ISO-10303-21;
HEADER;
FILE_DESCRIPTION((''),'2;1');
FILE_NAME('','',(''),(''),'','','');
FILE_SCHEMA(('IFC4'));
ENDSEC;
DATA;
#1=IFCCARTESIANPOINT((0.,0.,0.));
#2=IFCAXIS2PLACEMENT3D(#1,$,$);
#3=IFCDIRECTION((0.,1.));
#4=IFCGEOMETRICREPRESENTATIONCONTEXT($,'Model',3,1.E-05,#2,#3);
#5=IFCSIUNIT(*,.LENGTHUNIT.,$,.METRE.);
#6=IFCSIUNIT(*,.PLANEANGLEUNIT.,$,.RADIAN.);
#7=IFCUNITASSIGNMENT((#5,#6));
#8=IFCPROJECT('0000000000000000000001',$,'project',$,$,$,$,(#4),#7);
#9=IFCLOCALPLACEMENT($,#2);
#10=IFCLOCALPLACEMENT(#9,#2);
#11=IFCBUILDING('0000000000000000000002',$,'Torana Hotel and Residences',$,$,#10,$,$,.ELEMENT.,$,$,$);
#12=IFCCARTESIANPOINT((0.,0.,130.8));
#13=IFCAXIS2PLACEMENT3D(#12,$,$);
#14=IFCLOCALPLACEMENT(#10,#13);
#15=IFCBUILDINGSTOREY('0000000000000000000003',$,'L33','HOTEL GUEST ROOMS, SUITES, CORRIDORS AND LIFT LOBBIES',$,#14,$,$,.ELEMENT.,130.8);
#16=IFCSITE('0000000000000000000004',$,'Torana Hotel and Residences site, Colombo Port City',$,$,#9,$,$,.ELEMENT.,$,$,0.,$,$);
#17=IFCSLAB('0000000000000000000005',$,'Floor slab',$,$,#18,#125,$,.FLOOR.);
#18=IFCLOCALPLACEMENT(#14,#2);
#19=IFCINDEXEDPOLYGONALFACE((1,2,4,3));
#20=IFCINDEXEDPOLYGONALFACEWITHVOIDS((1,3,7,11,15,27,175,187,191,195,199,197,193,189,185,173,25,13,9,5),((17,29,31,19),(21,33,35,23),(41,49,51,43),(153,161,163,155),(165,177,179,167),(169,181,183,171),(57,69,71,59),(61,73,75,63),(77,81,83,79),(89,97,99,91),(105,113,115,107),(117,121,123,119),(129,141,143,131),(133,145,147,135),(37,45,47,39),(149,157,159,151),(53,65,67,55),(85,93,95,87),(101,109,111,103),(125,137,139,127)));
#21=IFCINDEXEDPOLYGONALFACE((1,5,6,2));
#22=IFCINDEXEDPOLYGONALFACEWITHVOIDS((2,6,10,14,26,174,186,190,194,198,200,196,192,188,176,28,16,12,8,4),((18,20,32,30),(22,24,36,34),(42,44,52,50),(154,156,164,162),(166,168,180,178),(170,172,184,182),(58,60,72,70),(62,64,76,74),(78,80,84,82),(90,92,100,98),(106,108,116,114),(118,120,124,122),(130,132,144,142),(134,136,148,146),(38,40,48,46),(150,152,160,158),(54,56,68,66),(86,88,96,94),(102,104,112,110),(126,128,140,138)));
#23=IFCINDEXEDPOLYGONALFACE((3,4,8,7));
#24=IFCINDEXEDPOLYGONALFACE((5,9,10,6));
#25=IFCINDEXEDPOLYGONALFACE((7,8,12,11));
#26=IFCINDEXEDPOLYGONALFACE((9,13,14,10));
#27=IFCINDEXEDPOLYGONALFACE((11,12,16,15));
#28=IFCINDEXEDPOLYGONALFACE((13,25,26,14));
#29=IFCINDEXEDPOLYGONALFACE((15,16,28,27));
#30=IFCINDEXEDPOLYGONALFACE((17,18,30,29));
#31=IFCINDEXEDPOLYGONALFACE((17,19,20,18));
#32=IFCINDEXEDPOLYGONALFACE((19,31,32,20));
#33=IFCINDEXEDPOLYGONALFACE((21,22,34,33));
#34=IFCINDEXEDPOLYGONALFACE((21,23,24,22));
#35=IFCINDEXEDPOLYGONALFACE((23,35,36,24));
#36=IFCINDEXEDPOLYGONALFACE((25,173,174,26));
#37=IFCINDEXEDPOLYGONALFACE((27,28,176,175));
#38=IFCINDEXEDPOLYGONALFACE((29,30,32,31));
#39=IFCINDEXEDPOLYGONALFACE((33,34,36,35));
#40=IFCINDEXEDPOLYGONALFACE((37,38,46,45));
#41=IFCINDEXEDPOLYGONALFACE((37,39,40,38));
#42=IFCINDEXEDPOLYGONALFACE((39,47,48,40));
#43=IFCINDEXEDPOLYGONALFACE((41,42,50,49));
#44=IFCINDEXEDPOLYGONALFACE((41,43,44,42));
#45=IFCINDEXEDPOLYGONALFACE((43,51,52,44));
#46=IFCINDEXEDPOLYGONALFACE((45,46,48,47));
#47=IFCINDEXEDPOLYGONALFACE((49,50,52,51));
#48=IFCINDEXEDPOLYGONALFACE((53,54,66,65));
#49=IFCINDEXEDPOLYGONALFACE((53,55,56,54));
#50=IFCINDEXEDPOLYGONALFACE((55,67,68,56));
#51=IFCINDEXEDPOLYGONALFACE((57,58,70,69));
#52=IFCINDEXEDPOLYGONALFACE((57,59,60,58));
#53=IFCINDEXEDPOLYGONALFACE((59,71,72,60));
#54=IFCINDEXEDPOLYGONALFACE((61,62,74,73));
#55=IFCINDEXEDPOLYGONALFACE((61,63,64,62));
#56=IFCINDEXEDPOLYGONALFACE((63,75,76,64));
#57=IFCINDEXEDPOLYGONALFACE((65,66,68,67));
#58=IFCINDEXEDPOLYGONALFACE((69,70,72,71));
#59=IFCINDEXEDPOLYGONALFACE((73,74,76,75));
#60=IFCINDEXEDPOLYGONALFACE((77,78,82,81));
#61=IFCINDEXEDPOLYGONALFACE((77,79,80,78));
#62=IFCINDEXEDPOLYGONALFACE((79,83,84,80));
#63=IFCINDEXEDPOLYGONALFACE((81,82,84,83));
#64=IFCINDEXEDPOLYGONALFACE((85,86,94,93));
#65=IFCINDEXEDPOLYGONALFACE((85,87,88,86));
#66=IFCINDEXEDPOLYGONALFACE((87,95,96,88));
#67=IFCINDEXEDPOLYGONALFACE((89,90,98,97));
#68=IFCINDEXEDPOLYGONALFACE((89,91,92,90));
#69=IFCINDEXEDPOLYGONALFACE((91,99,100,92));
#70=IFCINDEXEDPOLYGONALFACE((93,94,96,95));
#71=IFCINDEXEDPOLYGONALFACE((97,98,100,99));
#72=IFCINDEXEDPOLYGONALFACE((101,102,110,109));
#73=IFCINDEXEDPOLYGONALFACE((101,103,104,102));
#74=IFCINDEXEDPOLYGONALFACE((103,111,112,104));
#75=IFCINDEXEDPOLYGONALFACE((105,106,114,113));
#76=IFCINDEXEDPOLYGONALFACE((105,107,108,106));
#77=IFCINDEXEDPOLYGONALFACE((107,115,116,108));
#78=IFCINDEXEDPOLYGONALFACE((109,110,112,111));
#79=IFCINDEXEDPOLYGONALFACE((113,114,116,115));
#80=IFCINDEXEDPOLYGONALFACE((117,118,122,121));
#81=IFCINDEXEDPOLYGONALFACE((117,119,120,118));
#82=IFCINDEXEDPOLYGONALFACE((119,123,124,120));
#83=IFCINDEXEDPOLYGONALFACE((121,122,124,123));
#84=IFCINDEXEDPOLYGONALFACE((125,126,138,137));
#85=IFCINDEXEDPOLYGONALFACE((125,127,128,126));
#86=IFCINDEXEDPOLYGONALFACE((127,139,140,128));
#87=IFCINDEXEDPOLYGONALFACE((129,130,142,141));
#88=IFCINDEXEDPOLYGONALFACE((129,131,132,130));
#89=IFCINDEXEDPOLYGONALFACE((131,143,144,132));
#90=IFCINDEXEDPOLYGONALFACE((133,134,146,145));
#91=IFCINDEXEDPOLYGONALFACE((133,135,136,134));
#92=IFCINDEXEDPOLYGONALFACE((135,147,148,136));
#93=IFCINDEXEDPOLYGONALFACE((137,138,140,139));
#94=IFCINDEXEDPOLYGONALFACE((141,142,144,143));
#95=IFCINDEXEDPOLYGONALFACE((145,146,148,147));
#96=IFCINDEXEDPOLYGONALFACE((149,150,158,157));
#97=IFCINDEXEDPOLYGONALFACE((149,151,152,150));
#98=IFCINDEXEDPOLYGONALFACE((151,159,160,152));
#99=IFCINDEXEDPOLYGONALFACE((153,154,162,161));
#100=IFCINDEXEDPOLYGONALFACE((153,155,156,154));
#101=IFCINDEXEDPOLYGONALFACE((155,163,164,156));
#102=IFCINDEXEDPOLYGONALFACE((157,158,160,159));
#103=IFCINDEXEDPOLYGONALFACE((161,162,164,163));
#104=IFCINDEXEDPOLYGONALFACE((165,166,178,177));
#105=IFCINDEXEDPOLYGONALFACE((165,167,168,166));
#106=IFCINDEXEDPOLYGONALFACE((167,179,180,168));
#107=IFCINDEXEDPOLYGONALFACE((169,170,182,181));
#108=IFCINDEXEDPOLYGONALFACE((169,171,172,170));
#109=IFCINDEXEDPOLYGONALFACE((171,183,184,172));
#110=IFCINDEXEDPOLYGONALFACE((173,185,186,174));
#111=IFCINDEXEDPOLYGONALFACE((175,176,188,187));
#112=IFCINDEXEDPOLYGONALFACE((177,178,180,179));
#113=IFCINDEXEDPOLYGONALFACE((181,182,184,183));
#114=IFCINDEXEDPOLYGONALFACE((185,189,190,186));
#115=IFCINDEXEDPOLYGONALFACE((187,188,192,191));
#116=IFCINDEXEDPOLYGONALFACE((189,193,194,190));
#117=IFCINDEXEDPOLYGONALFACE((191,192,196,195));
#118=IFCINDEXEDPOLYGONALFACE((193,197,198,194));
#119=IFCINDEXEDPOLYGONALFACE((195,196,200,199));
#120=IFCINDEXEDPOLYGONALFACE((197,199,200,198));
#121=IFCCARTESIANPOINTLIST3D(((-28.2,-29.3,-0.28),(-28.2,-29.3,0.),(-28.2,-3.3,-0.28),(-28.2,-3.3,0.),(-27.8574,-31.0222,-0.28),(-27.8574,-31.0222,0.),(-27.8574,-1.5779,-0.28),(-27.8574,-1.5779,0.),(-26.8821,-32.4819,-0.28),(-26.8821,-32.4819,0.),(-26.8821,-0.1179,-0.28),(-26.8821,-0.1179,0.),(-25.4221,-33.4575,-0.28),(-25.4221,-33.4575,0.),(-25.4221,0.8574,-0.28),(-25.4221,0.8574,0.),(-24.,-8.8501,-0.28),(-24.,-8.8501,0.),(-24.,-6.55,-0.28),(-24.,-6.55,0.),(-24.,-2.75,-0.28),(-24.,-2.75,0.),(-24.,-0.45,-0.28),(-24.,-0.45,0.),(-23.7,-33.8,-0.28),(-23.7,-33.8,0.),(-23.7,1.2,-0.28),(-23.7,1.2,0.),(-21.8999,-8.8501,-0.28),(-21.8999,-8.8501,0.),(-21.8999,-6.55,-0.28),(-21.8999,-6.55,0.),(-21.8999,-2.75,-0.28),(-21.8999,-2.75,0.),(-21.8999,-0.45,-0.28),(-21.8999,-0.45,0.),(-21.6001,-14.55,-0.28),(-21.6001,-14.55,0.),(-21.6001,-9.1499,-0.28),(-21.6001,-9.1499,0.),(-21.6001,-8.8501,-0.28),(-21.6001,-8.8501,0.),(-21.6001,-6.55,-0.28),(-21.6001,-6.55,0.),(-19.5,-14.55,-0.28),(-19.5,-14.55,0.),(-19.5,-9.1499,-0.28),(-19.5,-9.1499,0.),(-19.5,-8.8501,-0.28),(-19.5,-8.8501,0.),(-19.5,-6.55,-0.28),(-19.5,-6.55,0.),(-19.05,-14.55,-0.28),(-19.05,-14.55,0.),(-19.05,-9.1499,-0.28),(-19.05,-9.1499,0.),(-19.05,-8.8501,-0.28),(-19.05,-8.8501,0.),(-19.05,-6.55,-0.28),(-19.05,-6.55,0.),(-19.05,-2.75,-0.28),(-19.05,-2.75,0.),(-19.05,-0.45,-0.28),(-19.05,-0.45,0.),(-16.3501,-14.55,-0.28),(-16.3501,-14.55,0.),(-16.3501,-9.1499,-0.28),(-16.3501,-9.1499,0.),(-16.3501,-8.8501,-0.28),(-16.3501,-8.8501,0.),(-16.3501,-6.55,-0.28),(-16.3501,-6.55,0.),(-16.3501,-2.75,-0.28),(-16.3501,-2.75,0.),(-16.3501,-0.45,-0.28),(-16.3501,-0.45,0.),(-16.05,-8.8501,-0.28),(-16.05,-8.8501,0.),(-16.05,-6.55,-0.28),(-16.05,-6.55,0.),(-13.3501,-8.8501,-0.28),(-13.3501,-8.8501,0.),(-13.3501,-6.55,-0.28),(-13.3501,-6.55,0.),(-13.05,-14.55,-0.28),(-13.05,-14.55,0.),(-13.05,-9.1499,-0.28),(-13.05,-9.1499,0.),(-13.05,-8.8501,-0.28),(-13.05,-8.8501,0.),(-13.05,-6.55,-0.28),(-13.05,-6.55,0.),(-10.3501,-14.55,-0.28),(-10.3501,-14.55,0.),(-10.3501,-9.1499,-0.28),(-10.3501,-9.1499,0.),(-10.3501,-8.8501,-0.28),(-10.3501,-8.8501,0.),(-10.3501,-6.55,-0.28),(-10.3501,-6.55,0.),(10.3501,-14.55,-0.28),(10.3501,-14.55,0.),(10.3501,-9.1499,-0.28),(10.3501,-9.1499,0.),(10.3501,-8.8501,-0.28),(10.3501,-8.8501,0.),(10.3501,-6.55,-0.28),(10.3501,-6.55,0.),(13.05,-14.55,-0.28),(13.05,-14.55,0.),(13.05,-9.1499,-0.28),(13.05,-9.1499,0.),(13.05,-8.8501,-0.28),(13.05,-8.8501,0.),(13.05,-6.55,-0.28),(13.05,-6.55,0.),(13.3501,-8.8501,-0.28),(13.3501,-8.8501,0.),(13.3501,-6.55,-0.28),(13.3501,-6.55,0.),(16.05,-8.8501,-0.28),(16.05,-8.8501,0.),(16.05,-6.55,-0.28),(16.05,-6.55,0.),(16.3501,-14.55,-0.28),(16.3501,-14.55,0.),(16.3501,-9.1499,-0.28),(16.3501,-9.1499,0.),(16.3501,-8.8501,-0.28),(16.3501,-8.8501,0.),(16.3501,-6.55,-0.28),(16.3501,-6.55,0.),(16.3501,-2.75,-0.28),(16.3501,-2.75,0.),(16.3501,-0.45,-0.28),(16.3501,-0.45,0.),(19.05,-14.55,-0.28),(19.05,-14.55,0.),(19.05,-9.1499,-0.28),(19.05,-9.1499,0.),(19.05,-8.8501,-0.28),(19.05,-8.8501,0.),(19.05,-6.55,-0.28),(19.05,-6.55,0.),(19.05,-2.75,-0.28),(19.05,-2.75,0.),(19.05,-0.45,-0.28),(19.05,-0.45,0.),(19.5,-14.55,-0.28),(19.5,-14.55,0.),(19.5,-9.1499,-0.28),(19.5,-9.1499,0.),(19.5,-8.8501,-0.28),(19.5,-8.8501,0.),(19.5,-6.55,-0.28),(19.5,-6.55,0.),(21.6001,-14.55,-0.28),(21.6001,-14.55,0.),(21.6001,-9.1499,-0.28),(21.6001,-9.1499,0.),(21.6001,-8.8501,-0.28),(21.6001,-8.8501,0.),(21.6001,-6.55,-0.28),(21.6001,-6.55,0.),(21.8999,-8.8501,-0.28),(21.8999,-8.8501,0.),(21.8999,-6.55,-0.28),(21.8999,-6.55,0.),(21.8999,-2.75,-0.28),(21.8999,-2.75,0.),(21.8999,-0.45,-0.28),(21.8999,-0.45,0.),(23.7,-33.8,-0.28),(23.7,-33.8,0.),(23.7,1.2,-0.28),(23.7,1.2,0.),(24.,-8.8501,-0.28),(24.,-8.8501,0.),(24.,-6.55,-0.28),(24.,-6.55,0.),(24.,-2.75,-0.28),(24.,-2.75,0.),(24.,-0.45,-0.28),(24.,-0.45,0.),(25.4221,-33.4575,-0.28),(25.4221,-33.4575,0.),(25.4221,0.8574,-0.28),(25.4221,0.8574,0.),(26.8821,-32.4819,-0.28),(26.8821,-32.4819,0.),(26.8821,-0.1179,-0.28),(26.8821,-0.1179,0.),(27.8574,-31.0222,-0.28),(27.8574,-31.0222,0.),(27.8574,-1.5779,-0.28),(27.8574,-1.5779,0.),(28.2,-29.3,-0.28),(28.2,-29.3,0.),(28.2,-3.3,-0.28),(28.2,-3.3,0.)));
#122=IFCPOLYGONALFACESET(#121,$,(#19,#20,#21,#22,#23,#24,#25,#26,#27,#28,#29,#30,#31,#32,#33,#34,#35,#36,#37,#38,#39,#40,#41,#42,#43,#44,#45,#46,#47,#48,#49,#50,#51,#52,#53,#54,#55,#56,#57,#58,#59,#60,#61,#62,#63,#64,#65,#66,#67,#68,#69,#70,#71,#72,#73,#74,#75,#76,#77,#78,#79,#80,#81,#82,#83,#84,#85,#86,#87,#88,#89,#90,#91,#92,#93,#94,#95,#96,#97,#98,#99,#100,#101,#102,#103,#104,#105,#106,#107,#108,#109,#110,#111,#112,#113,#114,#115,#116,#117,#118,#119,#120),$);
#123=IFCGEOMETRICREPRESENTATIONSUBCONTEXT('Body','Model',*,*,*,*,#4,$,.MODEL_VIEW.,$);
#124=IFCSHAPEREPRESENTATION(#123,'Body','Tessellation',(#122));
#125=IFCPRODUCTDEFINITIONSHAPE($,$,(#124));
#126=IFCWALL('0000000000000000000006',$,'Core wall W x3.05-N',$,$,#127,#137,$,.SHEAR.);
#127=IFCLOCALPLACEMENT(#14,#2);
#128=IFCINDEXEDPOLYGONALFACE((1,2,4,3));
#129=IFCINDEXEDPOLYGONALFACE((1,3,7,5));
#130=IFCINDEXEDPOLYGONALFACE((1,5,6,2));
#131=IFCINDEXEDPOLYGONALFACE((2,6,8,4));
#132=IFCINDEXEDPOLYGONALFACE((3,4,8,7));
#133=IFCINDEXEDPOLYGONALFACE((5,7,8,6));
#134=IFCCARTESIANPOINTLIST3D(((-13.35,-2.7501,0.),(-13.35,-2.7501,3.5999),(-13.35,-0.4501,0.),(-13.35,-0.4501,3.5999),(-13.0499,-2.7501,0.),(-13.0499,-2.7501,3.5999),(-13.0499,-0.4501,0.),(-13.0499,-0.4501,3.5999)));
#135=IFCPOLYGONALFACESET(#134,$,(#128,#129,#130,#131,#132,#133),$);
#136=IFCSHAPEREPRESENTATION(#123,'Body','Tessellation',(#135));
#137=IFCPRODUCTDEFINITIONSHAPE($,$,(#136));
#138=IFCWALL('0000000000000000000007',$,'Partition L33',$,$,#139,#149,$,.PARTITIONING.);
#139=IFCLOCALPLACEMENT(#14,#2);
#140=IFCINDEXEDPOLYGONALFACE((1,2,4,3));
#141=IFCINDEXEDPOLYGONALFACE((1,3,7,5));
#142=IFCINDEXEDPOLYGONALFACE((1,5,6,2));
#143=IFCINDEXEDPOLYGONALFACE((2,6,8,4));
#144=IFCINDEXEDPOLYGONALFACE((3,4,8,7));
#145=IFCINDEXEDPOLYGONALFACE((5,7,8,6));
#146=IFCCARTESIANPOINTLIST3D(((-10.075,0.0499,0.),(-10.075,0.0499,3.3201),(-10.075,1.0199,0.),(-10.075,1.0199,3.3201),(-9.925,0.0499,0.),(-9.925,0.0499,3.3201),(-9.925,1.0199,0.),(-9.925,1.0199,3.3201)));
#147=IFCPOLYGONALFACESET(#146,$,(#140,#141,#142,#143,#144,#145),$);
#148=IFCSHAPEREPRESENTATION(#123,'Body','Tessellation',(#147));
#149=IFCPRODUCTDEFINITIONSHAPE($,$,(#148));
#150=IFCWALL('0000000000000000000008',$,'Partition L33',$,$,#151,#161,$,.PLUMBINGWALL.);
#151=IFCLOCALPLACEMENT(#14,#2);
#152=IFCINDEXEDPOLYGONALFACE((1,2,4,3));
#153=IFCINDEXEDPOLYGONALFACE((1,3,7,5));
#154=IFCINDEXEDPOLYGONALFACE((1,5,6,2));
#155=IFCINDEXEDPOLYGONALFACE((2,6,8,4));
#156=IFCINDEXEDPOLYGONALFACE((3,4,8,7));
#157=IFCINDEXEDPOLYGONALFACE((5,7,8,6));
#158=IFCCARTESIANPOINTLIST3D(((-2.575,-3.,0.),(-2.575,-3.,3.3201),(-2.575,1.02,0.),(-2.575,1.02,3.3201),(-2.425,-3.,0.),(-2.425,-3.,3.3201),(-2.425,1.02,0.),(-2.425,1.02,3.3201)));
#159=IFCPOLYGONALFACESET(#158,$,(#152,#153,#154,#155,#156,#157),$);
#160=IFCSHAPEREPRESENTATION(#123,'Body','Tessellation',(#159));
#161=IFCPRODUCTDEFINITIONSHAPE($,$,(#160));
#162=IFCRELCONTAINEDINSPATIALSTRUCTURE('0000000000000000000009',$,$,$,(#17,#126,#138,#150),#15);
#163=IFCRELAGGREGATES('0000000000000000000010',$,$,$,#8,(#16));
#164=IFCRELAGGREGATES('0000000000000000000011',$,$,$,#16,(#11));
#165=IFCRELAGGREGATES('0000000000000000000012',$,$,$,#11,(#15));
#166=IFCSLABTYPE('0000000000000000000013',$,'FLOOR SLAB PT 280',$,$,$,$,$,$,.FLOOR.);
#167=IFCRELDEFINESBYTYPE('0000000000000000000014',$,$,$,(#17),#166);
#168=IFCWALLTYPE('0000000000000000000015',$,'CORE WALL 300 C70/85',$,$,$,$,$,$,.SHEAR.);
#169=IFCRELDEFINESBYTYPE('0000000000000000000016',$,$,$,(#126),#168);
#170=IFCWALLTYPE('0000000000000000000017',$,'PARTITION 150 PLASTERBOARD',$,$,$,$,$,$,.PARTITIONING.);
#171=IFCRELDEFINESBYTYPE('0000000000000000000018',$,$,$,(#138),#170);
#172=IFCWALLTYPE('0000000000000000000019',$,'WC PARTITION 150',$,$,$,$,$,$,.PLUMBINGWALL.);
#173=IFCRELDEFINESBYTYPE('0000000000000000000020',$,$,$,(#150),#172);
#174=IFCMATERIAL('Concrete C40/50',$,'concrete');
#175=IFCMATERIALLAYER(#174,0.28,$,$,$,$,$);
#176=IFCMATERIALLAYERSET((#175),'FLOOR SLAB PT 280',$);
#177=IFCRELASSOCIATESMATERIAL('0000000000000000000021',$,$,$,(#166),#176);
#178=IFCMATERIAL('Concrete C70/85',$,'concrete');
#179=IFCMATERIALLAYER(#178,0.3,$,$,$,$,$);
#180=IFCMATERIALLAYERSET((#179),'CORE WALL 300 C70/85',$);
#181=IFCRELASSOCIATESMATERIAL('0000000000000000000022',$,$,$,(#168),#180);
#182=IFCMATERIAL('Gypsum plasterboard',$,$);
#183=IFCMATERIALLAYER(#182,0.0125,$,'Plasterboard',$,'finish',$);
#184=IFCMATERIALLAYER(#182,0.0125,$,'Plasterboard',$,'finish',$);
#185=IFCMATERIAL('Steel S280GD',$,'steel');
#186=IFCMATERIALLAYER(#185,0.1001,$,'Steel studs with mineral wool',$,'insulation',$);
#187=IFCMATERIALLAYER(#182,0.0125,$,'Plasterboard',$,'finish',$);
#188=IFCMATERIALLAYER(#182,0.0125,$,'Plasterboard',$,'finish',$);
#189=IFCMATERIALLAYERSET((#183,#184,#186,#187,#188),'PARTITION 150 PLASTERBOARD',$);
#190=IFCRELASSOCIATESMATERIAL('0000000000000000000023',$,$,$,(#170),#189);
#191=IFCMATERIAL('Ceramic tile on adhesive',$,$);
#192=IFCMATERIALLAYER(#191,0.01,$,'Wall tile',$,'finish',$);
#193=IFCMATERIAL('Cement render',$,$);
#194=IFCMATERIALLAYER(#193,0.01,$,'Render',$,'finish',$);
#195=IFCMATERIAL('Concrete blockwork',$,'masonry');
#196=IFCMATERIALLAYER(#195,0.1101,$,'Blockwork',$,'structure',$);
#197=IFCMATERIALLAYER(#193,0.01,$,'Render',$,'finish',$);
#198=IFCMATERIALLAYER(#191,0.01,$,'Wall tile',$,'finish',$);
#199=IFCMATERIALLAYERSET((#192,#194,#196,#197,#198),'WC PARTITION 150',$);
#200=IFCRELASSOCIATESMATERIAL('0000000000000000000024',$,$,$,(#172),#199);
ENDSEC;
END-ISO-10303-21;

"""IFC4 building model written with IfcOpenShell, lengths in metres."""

from ifc_helpers import new_model, si_unit, direction, frame, frame_2d, origin, place, context, subcontext, project, spatial, polyline, rectangle, outline, extrude, material, layer, layer_set, type_object, element, save


model = new_model("IFC4")

# Units and contexts
model_context = context("Model", 3, precision=1e-05, world=origin(), true_north=direction((0.0, 1.0)))
body_context = subcontext(model_context, "Body", "Model", "MODEL_VIEW")
ifc_project = project(units=[si_unit("LENGTHUNIT", "METRE"), si_unit("PLANEANGLEUNIT", "RADIAN")], contexts=[model_context])

# Site, building, storey
site_placement = place(None, origin())
site = spatial("IfcSite", under=ifc_project, at=site_placement, Name="Torana Hotel and Residences site, Colombo Port City", CompositionType="ELEMENT", RefElevation=0.0)
building_placement = place(site_placement, origin())
building = spatial("IfcBuilding", under=site, at=building_placement, Name="Torana Hotel and Residences", CompositionType="ELEMENT")
storey_placement = place(building_placement, frame((0.0, 0.0, 130.8)))
storey = spatial("IfcBuildingStorey", under=building, at=storey_placement, Name="L33", Description="HOTEL GUEST ROOMS, SUITES, CORRIDORS AND LIFT LOBBIES", CompositionType="ELEMENT", Elevation=130.8)

# Slab
ifc_material_1 = material(Name="Concrete C40/50", Category="concrete")
ifc_layer_1 = layer(ifc_material_1, 0.28)
ifc_layer_set_1 = layer_set([ifc_layer_1], Name="FLOOR SLAB PT 280")
slab_type_1 = type_object("IfcSlabType", Name="FLOOR SLAB PT 280", PredefinedType="FLOOR", material=ifc_layer_set_1)
slab_1_placement = place(storey_placement, frame((0.0, 0.0, -0.28)))
element("IfcSlab", 1, at=slab_1_placement, inside=storey, type_object=slab_type_1, Name="Floor slab", PredefinedType="FLOOR", context=body_context, shape_type="SweptSolid", body=[
    extrude(outline(polyline([(28.2, -3.3), (27.8574, -1.5779), (26.8821, -0.1179), (25.4221, 0.8574), (23.7, 1.2), (-23.7, 1.2), (-25.4221, 0.8574), (-26.8821, -0.1179), (-27.8574, -1.5779), (-28.2, -3.3), (-28.2, -29.3), (-27.8574, -31.0222), (-26.8821, -32.4819), (-25.4221, -33.4575), (-23.7, -33.8), (23.7, -33.8), (25.4221, -33.4575), (26.8821, -32.4819), (27.8574, -31.0222), (28.2, -29.3), (28.2, -3.3)]), holes=[polyline([(-13.05, -14.55), (-10.3501, -14.55), (-10.3501, -9.1499), (-13.05, -9.1499), (-13.05, -14.55)]), polyline([(-19.05, -14.55), (-16.3501, -14.55), (-16.3501, -9.1499), (-19.05, -9.1499), (-19.05, -14.55)]), polyline([(-19.05, -2.75), (-16.3501, -2.75), (-16.3501, -0.45), (-19.05, -0.45), (-19.05, -2.75)]), polyline([(-21.6001, -8.8501), (-19.5, -8.8501), (-19.5, -6.55), (-21.6001, -6.55), (-21.6001, -8.8501)]), polyline([(-24.0, -2.75), (-21.8999, -2.75), (-21.8999, -0.45), (-24.0, -0.45), (-24.0, -2.75)]), polyline([(-24.0, -8.8501), (-21.8999, -8.8501), (-21.8999, -6.55), (-24.0, -6.55), (-24.0, -8.8501)]), polyline([(-13.05, -8.8501), (-10.3501, -8.8501), (-10.3501, -6.55), (-13.05, -6.55), (-13.05, -8.8501)]), polyline([(-16.05, -8.8501), (-13.3501, -8.8501), (-13.3501, -6.55), (-16.05, -6.55), (-16.05, -8.8501)]), polyline([(-19.05, -8.8501), (-16.3501, -8.8501), (-16.3501, -6.55), (-19.05, -6.55), (-19.05, -8.8501)]), polyline([(-21.6001, -14.55), (-19.5, -14.55), (-19.5, -9.1499), (-21.6001, -9.1499), (-21.6001, -14.55)]), polyline([(10.3501, -14.55), (13.05, -14.55), (13.05, -9.1499), (10.3501, -9.1499), (10.3501, -14.55)]), polyline([(16.3501, -14.55), (19.05, -14.55), (19.05, -9.1499), (16.3501, -9.1499), (16.3501, -14.55)]), polyline([(16.3501, -2.75), (19.05, -2.75), (19.05, -0.45), (16.3501, -0.45), (16.3501, -2.75)]), polyline([(19.5, -8.8501), (21.6001, -8.8501), (21.6001, -6.55), (19.5, -6.55), (19.5, -8.8501)]), polyline([(21.8999, -2.75), (24.0, -2.75), (24.0, -0.45), (21.8999, -0.45), (21.8999, -2.75)]), polyline([(21.8999, -8.8501), (24.0, -8.8501), (24.0, -6.55), (21.8999, -6.55), (21.8999, -8.8501)]), polyline([(10.3501, -8.8501), (13.05, -8.8501), (13.05, -6.55), (10.3501, -6.55), (10.3501, -8.8501)]), polyline([(13.3501, -8.8501), (16.05, -8.8501), (16.05, -6.55), (13.3501, -6.55), (13.3501, -8.8501)]), polyline([(16.3501, -8.8501), (19.05, -8.8501), (19.05, -6.55), (16.3501, -6.55), (16.3501, -8.8501)]), polyline([(19.5, -14.55), (21.6001, -14.55), (21.6001, -9.1499), (19.5, -9.1499), (19.5, -14.55)])]), origin(), (0.0, 0.0, 1.0), 0.28),
])

# Walls
ifc_material_2 = material(Name="Concrete C70/85", Category="concrete")
ifc_layer_2 = layer(ifc_material_2, 0.3)
ifc_layer_set_2 = layer_set([ifc_layer_2], Name="CORE WALL 300 C70/85")
wall_type_1 = type_object("IfcWallType", Name="CORE WALL 300 C70/85", PredefinedType="SHEAR", material=ifc_layer_set_2)
wall_1_placement = place(storey_placement, frame((-13.2, -2.75, 0.0), z_axis=(0.0, 0.0, 1.0), x_axis=(0.0, 1.0, 0.0)))
element("IfcWall", 2, at=wall_1_placement, inside=storey, type_object=wall_type_1, Name="Core wall W x3.05-N", PredefinedType="SHEAR", context=body_context, shape_type="SweptSolid", body=[
    extrude(rectangle(XDim=2.3, YDim=0.3, at=frame_2d((1.1499, 0.0))), origin(), (0.0, 0.0, 1.0), 3.5999),
])
ifc_material_3 = material(Name="Gypsum plasterboard")
ifc_layer_3 = layer(ifc_material_3, 0.0125, Name="Plasterboard", Category="finish")
ifc_layer_4 = layer(ifc_material_3, 0.0125, Name="Plasterboard", Category="finish")
ifc_material_4 = material(Name="Steel S280GD", Category="steel")
ifc_layer_5 = layer(ifc_material_4, 0.1001, Name="Steel studs with mineral wool", Category="insulation")
ifc_layer_6 = layer(ifc_material_3, 0.0125, Name="Plasterboard", Category="finish")
ifc_layer_7 = layer(ifc_material_3, 0.0125, Name="Plasterboard", Category="finish")
ifc_layer_set_3 = layer_set([ifc_layer_3, ifc_layer_4, ifc_layer_5, ifc_layer_6, ifc_layer_7], Name="PARTITION 150 PLASTERBOARD")
wall_type_2 = type_object("IfcWallType", Name="PARTITION 150 PLASTERBOARD", PredefinedType="PARTITIONING", material=ifc_layer_set_3)
wall_2_placement = place(storey_placement, frame((-10.0, 0.05, 0.0), z_axis=(0.0, 0.0, 1.0), x_axis=(0.0, 1.0, 0.0)))
element("IfcWall", 3, at=wall_2_placement, inside=storey, type_object=wall_type_2, Name="Partition L33", PredefinedType="PARTITIONING", context=body_context, shape_type="SweptSolid", body=[
    extrude(rectangle(XDim=0.97, YDim=0.1499, at=frame_2d((0.4849, 0.0))), origin(), (0.0, 0.0, 1.0), 3.3201),
])
ifc_material_5 = material(Name="Ceramic tile on adhesive")
ifc_layer_8 = layer(ifc_material_5, 0.01, Name="Wall tile", Category="finish")
ifc_material_6 = material(Name="Cement render")
ifc_layer_9 = layer(ifc_material_6, 0.01, Name="Render", Category="finish")
ifc_material_7 = material(Name="Concrete blockwork", Category="masonry")
ifc_layer_10 = layer(ifc_material_7, 0.1101, Name="Blockwork", Category="structure")
ifc_layer_11 = layer(ifc_material_6, 0.01, Name="Render", Category="finish")
ifc_layer_12 = layer(ifc_material_5, 0.01, Name="Wall tile", Category="finish")
ifc_layer_set_4 = layer_set([ifc_layer_8, ifc_layer_9, ifc_layer_10, ifc_layer_11, ifc_layer_12], Name="WC PARTITION 150")
wall_type_3 = type_object("IfcWallType", Name="WC PARTITION 150", PredefinedType="PLUMBINGWALL", material=ifc_layer_set_4)
for number, where, z_axis, x_axis, name in (
    (4, (-2.5, -3.0, 0.0), (0.0, 0.0, 1.0), (0.0, 1.0, 0.0), "Partition L33"),
):
    element("IfcWall", number, at=place(storey_placement, frame(where, z_axis=z_axis, x_axis=x_axis)), inside=storey, type_object=wall_type_3, Name=name, PredefinedType="PLUMBINGWALL", context=body_context, shape_type="SweptSolid", body=[
        extrude(rectangle(XDim=4.02, YDim=0.1499, at=frame_2d((2.01, 0.0))), origin(), (0.0, 0.0, 1.0), 3.3201),
    ])

save(model, "model.ifc")
